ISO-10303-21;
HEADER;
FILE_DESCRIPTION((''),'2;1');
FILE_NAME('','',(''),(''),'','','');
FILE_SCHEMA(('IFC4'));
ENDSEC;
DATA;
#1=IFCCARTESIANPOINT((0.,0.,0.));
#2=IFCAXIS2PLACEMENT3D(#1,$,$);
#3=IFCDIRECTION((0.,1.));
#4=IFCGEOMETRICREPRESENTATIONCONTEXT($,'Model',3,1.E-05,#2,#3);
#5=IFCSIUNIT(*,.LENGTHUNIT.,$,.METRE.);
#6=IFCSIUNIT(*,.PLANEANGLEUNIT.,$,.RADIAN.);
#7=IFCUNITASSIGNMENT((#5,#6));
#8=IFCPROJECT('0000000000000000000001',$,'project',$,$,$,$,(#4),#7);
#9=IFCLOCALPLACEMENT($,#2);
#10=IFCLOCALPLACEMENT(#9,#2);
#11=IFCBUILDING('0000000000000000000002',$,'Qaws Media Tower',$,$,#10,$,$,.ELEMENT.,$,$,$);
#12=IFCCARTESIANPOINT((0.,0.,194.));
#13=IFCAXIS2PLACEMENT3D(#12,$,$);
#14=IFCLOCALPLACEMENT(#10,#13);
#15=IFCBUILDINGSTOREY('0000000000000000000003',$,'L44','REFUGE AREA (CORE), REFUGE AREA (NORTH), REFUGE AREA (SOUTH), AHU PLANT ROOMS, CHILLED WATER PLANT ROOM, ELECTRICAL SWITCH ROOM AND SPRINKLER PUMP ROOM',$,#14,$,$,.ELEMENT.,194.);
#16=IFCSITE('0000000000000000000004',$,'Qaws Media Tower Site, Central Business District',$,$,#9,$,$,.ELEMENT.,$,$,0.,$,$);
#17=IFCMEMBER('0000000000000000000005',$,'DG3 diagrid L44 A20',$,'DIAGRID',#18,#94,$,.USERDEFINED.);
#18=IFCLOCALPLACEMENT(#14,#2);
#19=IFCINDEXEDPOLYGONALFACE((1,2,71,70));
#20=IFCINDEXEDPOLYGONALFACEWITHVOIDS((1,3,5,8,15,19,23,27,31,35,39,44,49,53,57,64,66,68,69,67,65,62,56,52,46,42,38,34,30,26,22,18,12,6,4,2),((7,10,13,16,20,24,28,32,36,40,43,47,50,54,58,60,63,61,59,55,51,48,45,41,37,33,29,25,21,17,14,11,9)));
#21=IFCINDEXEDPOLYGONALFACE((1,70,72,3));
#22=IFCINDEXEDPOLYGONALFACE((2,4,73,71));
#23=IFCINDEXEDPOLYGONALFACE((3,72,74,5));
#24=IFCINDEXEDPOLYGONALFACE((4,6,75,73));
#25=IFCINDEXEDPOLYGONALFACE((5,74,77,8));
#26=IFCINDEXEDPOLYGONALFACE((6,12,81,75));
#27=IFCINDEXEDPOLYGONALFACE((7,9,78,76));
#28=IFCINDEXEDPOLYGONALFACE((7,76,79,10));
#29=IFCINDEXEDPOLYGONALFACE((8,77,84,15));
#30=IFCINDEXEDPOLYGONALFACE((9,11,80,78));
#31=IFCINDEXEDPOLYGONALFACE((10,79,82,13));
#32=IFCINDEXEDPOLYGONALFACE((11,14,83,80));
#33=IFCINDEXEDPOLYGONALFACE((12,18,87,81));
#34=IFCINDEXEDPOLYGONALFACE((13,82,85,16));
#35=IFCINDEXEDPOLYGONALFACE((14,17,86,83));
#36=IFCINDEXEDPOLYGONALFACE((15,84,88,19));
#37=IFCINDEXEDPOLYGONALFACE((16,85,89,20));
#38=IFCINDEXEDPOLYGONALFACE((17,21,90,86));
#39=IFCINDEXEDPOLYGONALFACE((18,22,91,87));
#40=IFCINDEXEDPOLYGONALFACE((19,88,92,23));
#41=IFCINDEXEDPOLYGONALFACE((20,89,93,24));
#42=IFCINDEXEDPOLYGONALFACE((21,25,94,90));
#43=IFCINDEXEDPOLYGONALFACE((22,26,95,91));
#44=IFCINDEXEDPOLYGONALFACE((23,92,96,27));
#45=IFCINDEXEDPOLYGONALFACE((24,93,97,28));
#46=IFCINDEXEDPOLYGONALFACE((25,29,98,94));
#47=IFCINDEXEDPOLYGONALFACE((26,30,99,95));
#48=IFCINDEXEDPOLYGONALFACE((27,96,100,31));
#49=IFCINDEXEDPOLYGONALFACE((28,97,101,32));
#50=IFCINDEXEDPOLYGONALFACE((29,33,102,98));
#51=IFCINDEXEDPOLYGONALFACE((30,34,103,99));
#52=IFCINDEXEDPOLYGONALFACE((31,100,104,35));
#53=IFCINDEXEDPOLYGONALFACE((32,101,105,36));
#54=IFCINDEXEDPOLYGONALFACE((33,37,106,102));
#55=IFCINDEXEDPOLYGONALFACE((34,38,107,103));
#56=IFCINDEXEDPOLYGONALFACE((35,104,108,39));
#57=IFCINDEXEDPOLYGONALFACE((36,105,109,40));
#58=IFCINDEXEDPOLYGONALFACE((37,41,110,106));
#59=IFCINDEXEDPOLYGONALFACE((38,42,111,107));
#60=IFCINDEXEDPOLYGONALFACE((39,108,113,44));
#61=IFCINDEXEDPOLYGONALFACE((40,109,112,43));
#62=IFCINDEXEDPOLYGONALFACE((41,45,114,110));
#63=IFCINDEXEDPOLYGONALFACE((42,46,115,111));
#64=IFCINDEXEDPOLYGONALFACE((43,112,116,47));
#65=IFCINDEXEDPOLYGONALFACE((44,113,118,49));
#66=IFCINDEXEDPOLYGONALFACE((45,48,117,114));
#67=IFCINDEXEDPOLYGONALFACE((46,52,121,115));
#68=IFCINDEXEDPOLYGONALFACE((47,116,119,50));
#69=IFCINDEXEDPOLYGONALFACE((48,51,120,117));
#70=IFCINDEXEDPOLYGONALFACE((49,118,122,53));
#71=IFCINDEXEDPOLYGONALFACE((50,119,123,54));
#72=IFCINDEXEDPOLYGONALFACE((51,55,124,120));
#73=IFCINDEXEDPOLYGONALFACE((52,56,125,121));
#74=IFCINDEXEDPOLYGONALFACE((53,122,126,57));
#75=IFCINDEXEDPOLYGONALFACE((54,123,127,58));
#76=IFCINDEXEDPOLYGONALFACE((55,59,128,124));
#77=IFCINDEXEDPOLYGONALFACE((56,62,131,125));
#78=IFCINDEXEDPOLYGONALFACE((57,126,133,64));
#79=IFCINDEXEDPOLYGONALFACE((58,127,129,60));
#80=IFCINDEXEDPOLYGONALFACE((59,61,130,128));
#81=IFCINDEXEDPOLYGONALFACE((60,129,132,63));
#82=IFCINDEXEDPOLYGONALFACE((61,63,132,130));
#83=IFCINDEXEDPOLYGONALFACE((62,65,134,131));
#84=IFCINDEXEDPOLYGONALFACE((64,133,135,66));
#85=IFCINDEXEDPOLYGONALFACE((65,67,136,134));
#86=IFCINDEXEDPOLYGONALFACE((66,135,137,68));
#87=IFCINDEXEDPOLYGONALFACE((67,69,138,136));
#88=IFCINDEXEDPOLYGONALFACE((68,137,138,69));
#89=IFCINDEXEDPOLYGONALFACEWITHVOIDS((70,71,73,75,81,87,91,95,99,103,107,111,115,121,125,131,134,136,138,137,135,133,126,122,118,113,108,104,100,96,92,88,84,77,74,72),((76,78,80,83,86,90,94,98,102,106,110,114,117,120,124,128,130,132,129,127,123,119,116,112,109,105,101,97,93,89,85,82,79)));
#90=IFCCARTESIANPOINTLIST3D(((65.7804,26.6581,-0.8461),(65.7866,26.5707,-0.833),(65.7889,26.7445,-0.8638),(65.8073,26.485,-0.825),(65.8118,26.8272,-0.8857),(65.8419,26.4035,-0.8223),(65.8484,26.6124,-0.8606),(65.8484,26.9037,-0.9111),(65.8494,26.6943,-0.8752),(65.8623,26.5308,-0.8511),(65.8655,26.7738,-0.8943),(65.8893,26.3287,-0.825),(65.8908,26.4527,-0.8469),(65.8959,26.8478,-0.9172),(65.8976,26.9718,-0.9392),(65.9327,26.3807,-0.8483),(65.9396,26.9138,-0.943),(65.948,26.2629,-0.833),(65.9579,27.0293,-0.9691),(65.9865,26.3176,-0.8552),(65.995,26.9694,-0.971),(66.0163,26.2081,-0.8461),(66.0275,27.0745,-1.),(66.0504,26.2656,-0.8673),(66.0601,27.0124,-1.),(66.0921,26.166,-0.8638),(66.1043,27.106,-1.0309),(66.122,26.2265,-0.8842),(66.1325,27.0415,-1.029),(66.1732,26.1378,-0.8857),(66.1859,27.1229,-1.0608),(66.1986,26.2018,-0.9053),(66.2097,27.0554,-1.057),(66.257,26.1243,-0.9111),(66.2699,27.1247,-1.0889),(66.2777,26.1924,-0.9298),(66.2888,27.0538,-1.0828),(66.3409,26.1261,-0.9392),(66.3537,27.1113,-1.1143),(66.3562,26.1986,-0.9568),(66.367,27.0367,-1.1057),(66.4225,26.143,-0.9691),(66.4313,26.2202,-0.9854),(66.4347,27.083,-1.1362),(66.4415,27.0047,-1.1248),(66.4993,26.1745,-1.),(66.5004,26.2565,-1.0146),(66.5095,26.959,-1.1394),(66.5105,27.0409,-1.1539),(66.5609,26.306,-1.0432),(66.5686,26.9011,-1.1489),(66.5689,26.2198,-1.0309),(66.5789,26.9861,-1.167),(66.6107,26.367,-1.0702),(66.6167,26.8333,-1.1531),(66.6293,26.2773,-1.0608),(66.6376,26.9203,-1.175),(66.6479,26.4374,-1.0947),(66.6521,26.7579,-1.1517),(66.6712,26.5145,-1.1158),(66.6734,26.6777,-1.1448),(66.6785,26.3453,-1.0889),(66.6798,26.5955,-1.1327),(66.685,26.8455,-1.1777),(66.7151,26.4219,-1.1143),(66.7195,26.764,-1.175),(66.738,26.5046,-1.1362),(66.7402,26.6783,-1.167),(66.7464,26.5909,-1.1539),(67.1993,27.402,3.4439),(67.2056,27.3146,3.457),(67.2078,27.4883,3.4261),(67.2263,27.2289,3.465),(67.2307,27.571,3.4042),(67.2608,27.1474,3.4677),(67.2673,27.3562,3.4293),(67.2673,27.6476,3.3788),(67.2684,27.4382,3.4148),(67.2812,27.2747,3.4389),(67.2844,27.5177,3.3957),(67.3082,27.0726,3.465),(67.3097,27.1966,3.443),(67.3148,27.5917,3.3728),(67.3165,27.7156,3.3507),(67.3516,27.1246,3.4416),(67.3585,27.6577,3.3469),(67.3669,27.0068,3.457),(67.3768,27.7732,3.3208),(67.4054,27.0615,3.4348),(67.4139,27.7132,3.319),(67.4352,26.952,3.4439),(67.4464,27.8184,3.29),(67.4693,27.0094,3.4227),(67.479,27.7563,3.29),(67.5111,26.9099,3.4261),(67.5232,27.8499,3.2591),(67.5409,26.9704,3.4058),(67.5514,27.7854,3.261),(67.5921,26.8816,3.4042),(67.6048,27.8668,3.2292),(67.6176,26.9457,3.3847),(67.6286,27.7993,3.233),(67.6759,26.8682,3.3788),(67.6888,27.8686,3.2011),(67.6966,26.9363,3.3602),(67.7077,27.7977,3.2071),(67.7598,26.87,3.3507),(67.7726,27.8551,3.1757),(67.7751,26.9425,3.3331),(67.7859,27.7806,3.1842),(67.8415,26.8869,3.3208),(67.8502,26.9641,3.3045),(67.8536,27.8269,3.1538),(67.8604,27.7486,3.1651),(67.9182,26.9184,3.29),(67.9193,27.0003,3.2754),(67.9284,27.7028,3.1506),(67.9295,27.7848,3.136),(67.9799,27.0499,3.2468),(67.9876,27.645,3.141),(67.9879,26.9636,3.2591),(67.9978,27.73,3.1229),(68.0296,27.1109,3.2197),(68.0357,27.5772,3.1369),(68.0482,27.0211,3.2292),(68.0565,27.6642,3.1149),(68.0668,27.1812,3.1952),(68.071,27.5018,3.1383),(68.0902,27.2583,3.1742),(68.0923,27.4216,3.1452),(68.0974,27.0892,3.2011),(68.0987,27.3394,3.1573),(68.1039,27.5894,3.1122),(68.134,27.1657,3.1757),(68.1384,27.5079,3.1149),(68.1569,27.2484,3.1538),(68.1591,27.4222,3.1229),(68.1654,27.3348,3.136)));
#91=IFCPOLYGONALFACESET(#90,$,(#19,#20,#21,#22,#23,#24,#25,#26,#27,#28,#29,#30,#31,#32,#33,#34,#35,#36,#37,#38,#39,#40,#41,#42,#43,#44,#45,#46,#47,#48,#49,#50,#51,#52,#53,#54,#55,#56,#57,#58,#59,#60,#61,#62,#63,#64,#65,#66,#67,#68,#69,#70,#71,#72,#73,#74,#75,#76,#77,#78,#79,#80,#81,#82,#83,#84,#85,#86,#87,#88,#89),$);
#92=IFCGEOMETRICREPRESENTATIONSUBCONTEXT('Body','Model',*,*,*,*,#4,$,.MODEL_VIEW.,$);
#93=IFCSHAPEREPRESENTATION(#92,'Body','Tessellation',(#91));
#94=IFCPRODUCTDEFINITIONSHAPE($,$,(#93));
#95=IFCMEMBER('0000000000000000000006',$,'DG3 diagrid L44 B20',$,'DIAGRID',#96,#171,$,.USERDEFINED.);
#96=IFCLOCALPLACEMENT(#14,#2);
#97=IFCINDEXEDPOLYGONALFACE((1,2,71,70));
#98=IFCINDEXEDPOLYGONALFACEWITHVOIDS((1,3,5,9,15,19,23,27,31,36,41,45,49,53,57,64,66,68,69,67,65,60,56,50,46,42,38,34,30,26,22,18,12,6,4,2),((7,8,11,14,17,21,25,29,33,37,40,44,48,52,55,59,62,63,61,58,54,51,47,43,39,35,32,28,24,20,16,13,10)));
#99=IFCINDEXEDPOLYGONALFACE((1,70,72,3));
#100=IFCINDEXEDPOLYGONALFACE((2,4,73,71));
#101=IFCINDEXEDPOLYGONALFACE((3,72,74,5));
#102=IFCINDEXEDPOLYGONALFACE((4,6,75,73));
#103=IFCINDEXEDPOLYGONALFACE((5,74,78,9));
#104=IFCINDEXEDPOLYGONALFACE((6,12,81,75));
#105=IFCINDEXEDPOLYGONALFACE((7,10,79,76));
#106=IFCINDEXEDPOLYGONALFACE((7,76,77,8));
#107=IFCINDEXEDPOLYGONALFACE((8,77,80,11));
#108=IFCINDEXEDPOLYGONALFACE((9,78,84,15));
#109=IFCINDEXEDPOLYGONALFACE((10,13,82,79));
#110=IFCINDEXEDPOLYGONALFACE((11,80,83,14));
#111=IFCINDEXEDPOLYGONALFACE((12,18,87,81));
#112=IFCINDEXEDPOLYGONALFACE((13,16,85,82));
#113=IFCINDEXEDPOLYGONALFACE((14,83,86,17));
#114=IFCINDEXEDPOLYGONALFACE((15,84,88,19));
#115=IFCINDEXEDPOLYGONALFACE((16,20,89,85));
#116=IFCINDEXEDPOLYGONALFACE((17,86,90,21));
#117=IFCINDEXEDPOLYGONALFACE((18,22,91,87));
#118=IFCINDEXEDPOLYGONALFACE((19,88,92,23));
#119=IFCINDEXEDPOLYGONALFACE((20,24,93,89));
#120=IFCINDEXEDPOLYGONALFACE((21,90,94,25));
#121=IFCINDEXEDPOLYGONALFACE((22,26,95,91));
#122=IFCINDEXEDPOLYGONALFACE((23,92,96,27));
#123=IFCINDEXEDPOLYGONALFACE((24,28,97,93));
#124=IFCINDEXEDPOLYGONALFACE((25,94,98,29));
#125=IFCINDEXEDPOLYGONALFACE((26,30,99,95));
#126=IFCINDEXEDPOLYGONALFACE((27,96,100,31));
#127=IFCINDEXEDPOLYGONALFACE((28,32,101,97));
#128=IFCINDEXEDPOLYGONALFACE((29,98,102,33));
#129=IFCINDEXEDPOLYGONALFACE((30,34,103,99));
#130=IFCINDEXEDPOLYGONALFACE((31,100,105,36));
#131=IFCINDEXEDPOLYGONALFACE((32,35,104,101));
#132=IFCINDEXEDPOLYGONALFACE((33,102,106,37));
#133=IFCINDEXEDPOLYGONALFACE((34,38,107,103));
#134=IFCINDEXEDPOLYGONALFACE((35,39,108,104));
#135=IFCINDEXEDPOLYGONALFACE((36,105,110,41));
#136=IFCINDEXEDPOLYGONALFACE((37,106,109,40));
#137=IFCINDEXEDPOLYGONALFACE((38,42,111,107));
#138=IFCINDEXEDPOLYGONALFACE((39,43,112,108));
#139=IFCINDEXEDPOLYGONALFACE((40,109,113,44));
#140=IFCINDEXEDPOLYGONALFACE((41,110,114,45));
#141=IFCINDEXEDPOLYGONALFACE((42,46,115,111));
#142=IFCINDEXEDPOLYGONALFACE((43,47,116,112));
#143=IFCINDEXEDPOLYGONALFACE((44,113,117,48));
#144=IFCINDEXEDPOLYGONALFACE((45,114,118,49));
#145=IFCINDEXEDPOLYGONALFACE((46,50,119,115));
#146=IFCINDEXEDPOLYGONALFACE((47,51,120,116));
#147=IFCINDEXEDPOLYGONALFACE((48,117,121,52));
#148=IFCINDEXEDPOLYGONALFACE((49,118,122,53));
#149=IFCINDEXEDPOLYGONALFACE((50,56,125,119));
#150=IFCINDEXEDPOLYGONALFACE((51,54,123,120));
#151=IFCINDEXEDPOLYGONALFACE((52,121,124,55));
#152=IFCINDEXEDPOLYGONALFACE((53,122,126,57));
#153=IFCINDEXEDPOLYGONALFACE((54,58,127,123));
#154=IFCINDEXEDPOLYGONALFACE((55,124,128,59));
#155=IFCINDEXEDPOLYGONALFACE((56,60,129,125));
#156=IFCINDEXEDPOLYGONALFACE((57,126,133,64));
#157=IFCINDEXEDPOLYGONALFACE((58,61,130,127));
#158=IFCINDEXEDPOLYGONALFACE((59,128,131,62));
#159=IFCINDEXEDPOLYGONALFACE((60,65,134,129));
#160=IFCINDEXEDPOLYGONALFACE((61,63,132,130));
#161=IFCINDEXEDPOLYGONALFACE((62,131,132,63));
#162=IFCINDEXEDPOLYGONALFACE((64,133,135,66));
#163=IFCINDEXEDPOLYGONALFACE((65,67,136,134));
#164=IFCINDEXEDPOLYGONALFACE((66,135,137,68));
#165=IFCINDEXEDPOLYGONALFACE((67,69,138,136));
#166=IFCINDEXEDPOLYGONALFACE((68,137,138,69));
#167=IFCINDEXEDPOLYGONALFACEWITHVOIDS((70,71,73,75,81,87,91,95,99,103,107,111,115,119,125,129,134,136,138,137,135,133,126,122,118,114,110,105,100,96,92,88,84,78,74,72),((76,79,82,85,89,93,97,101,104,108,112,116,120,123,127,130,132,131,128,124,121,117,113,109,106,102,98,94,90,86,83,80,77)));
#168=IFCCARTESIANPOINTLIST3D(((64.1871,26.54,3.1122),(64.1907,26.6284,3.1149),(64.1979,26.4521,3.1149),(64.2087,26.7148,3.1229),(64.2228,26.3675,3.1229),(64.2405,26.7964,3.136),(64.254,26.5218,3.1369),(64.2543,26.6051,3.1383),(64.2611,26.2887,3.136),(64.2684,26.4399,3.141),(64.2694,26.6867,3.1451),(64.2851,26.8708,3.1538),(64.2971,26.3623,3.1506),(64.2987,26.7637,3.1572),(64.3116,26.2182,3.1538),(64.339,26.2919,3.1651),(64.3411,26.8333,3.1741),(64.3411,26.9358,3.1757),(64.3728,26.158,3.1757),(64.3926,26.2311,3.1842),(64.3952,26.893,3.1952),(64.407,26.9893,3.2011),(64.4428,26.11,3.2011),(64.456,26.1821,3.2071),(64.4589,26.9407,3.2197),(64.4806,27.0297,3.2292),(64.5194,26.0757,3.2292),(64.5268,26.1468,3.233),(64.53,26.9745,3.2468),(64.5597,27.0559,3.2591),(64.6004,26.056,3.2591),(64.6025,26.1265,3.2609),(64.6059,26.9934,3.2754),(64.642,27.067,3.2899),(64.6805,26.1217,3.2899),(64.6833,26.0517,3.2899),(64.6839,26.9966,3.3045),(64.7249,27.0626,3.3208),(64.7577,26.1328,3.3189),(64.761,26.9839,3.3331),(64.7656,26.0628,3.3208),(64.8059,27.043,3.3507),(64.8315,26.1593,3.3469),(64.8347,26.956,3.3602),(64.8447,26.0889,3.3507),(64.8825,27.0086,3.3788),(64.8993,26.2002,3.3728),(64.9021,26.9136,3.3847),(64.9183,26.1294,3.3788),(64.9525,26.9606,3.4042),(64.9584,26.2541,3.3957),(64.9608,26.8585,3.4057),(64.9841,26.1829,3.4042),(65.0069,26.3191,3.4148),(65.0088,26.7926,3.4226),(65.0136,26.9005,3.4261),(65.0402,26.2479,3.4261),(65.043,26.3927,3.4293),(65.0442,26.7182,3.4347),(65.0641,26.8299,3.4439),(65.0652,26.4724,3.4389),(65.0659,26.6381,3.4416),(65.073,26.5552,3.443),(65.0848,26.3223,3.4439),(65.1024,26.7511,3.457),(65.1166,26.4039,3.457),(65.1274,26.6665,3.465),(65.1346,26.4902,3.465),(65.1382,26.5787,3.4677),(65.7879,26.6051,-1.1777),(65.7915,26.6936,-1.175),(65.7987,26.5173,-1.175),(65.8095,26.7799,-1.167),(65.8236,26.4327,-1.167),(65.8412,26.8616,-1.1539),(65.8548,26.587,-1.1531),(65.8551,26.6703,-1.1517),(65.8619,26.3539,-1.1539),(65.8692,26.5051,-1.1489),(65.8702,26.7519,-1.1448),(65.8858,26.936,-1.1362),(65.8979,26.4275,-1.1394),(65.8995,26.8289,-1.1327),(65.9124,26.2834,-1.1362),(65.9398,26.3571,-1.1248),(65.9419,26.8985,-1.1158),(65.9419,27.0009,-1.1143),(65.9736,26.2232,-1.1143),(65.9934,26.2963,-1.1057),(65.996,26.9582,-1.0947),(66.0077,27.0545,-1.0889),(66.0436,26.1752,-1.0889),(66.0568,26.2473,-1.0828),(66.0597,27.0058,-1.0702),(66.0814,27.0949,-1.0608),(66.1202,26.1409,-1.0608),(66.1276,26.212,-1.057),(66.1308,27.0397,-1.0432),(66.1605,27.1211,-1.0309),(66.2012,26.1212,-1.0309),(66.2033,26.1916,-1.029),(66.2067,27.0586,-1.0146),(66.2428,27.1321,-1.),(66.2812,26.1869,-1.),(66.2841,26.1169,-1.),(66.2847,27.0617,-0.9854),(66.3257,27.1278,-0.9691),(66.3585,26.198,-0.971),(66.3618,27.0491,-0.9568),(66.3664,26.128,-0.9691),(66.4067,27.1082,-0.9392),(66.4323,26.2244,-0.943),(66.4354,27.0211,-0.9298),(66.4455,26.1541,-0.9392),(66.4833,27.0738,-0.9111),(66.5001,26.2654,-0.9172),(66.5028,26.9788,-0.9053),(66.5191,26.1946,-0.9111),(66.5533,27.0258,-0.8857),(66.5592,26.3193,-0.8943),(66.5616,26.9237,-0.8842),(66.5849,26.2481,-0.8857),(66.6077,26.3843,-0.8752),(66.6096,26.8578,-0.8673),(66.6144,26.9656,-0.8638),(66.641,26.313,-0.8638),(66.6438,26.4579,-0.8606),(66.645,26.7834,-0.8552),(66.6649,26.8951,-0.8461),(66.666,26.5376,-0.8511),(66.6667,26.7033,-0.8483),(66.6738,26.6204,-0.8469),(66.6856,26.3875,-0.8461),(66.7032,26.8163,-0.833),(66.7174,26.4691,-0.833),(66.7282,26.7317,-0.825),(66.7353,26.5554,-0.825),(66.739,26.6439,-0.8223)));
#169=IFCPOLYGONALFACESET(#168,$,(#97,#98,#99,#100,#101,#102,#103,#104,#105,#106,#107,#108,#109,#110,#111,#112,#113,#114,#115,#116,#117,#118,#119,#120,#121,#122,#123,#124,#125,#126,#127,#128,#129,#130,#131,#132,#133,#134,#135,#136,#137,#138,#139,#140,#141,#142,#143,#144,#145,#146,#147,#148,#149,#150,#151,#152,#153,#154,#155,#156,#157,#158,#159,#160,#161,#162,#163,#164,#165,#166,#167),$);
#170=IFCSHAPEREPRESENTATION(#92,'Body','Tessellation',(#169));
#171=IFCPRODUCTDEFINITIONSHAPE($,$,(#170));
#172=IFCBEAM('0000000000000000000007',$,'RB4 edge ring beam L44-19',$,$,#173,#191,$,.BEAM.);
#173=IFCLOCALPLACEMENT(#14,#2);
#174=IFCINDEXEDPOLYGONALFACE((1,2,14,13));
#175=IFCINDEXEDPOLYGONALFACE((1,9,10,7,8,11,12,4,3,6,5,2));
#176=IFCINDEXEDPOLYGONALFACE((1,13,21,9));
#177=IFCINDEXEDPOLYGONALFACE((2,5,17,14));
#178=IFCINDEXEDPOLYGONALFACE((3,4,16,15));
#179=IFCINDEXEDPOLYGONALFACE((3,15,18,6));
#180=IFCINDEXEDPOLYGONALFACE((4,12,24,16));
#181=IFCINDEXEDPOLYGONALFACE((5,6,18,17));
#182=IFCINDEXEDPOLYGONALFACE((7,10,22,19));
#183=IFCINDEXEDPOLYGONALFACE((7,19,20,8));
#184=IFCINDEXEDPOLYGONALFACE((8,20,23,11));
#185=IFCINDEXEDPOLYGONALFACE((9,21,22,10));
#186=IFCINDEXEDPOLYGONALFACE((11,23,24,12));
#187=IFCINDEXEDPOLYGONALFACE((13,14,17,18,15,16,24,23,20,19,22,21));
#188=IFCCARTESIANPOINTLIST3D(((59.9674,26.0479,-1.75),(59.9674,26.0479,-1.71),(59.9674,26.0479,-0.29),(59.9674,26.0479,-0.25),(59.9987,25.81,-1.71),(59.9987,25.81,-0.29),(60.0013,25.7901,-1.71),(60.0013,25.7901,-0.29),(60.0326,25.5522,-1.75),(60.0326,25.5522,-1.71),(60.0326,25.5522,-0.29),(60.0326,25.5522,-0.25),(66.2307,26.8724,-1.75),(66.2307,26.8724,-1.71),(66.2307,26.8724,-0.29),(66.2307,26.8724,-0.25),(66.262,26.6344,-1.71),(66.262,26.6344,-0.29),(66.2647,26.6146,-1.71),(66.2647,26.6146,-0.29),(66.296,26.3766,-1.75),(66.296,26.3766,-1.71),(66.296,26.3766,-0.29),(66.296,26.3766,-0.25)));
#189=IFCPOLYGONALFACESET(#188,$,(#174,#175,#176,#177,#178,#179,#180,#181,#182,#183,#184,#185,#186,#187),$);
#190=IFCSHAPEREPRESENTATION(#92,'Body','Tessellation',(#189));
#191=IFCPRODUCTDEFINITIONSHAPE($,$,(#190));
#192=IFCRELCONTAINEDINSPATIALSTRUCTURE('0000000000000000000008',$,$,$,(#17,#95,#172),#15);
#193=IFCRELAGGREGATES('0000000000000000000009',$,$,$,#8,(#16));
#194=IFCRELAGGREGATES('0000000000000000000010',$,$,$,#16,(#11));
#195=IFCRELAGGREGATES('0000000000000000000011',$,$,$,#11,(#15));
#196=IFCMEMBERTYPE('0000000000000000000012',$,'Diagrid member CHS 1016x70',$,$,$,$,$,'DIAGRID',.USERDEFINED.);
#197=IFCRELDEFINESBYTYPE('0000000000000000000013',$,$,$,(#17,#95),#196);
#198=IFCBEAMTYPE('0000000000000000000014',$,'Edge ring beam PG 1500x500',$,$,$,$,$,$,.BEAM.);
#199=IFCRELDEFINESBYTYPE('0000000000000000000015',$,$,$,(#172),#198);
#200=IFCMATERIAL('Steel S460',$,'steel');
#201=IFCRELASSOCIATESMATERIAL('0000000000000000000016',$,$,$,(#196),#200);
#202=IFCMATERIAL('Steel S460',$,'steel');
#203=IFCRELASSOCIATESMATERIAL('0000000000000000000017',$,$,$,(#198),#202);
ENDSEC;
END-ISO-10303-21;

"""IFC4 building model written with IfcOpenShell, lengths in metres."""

from ifc_helpers import new_model, si_unit, direction, frame, origin, origin_2d, place, context, subcontext, project, spatial, hollow_circle, i_section, extrude, material, material_profile, profile_set, type_object, element, save


model = new_model("IFC4")

# Units and contexts
model_context = context("Model", 3, precision=1e-05, world=origin(), true_north=direction((0.0, 1.0)))
body_context = subcontext(model_context, "Body", "Model", "MODEL_VIEW")
ifc_project = project(units=[si_unit("LENGTHUNIT", "METRE"), si_unit("PLANEANGLEUNIT", "RADIAN")], contexts=[model_context])

# Site, building, storey
site_placement = place(None, origin())
site = spatial("IfcSite", under=ifc_project, at=site_placement, Name="Qaws Media Tower Site, Central Business District", CompositionType="ELEMENT", RefElevation=0.0)
building_placement = place(site_placement, origin())
building = spatial("IfcBuilding", under=site, at=building_placement, Name="Qaws Media Tower", CompositionType="ELEMENT")
storey_placement = place(building_placement, frame((0.0, 0.0, 194.0)))
storey = spatial("IfcBuildingStorey", under=building, at=storey_placement, Name="L44", Description="REFUGE AREA (CORE), REFUGE AREA (NORTH), REFUGE AREA (SOUTH), AHU PLANT ROOMS, CHILLED WATER PLANT ROOM, ELECTRICAL SWITCH ROOM AND SPRINKLER PUMP ROOM", CompositionType="ELEMENT", Elevation=194.0)

# Members
ifc_material_1 = material(Name="Steel S460", Category="steel")
ifc_material_profile_1 = material_profile(ifc_material_1, hollow_circle(Radius=0.5081, WallThickness=0.0701, at=origin_2d()), Name="CHS 1016x70")
ifc_profile_set_1 = profile_set([ifc_material_profile_1], Name="Steel S460")
member_type_1 = type_object("IfcMemberType", Name="Diagrid member CHS 1016x70", ElementType="DIAGRID", PredefinedType="USERDEFINED", material=ifc_profile_set_1)
for number, where, z_axis, x_axis, name in (
    (1, (66.2634, 26.6245, -1.0), (0.309852, 0.162443, 0.936805), (-0.46432, 0.885667, 0.0), "DG3 diagrid L44 A20"),
    (2, (66.2634, 26.6245, -1.0), (-0.349568, -0.014234, 0.936803), (0.040686, -0.999172, 0.0), "DG3 diagrid L44 B20"),
):
    element("IfcMember", number, at=place(storey_placement, frame(where, z_axis=z_axis, x_axis=x_axis)), inside=storey, type_object=member_type_1, Name=name, ObjectType="DIAGRID", PredefinedType="USERDEFINED", context=body_context, shape_type="SweptSolid", body=[
        extrude(hollow_circle(Radius=0.5081, WallThickness=0.0701, at=origin_2d()), origin(), (0.0, 0.0, 1.0), 4.5793),
    ])

# Beam
ifc_material_2 = material(Name="Steel S460", Category="steel")
ifc_material_profile_2 = material_profile(ifc_material_2, i_section(OverallWidth=0.5, OverallDepth=1.5, WebThickness=0.02, FlangeThickness=0.04, at=origin_2d()), Name="PG 1500x500")
ifc_profile_set_2 = profile_set([ifc_material_profile_2], Name="Steel S460")
beam_type_1 = type_object("IfcBeamType", Name="Edge ring beam PG 1500x500", PredefinedType="BEAM", material=ifc_profile_set_2)
beam_1_placement = place(storey_placement, frame((60.0, 25.8, -1.0), z_axis=(0.991448, 0.130505, 0.0), x_axis=(-0.130505, 0.991448, 0.0)))
element("IfcBeam", 3, at=beam_1_placement, inside=storey, type_object=beam_type_1, Name="RB4 edge ring beam L44-19", PredefinedType="BEAM", context=body_context, shape_type="SweptSolid", body=[
    extrude(i_section(OverallWidth=0.5, OverallDepth=1.5, WebThickness=0.02, FlangeThickness=0.04, at=origin_2d()), origin(), (0.0, 0.0, 1.0), 6.3174),
])

save(model, "model.ifc")
